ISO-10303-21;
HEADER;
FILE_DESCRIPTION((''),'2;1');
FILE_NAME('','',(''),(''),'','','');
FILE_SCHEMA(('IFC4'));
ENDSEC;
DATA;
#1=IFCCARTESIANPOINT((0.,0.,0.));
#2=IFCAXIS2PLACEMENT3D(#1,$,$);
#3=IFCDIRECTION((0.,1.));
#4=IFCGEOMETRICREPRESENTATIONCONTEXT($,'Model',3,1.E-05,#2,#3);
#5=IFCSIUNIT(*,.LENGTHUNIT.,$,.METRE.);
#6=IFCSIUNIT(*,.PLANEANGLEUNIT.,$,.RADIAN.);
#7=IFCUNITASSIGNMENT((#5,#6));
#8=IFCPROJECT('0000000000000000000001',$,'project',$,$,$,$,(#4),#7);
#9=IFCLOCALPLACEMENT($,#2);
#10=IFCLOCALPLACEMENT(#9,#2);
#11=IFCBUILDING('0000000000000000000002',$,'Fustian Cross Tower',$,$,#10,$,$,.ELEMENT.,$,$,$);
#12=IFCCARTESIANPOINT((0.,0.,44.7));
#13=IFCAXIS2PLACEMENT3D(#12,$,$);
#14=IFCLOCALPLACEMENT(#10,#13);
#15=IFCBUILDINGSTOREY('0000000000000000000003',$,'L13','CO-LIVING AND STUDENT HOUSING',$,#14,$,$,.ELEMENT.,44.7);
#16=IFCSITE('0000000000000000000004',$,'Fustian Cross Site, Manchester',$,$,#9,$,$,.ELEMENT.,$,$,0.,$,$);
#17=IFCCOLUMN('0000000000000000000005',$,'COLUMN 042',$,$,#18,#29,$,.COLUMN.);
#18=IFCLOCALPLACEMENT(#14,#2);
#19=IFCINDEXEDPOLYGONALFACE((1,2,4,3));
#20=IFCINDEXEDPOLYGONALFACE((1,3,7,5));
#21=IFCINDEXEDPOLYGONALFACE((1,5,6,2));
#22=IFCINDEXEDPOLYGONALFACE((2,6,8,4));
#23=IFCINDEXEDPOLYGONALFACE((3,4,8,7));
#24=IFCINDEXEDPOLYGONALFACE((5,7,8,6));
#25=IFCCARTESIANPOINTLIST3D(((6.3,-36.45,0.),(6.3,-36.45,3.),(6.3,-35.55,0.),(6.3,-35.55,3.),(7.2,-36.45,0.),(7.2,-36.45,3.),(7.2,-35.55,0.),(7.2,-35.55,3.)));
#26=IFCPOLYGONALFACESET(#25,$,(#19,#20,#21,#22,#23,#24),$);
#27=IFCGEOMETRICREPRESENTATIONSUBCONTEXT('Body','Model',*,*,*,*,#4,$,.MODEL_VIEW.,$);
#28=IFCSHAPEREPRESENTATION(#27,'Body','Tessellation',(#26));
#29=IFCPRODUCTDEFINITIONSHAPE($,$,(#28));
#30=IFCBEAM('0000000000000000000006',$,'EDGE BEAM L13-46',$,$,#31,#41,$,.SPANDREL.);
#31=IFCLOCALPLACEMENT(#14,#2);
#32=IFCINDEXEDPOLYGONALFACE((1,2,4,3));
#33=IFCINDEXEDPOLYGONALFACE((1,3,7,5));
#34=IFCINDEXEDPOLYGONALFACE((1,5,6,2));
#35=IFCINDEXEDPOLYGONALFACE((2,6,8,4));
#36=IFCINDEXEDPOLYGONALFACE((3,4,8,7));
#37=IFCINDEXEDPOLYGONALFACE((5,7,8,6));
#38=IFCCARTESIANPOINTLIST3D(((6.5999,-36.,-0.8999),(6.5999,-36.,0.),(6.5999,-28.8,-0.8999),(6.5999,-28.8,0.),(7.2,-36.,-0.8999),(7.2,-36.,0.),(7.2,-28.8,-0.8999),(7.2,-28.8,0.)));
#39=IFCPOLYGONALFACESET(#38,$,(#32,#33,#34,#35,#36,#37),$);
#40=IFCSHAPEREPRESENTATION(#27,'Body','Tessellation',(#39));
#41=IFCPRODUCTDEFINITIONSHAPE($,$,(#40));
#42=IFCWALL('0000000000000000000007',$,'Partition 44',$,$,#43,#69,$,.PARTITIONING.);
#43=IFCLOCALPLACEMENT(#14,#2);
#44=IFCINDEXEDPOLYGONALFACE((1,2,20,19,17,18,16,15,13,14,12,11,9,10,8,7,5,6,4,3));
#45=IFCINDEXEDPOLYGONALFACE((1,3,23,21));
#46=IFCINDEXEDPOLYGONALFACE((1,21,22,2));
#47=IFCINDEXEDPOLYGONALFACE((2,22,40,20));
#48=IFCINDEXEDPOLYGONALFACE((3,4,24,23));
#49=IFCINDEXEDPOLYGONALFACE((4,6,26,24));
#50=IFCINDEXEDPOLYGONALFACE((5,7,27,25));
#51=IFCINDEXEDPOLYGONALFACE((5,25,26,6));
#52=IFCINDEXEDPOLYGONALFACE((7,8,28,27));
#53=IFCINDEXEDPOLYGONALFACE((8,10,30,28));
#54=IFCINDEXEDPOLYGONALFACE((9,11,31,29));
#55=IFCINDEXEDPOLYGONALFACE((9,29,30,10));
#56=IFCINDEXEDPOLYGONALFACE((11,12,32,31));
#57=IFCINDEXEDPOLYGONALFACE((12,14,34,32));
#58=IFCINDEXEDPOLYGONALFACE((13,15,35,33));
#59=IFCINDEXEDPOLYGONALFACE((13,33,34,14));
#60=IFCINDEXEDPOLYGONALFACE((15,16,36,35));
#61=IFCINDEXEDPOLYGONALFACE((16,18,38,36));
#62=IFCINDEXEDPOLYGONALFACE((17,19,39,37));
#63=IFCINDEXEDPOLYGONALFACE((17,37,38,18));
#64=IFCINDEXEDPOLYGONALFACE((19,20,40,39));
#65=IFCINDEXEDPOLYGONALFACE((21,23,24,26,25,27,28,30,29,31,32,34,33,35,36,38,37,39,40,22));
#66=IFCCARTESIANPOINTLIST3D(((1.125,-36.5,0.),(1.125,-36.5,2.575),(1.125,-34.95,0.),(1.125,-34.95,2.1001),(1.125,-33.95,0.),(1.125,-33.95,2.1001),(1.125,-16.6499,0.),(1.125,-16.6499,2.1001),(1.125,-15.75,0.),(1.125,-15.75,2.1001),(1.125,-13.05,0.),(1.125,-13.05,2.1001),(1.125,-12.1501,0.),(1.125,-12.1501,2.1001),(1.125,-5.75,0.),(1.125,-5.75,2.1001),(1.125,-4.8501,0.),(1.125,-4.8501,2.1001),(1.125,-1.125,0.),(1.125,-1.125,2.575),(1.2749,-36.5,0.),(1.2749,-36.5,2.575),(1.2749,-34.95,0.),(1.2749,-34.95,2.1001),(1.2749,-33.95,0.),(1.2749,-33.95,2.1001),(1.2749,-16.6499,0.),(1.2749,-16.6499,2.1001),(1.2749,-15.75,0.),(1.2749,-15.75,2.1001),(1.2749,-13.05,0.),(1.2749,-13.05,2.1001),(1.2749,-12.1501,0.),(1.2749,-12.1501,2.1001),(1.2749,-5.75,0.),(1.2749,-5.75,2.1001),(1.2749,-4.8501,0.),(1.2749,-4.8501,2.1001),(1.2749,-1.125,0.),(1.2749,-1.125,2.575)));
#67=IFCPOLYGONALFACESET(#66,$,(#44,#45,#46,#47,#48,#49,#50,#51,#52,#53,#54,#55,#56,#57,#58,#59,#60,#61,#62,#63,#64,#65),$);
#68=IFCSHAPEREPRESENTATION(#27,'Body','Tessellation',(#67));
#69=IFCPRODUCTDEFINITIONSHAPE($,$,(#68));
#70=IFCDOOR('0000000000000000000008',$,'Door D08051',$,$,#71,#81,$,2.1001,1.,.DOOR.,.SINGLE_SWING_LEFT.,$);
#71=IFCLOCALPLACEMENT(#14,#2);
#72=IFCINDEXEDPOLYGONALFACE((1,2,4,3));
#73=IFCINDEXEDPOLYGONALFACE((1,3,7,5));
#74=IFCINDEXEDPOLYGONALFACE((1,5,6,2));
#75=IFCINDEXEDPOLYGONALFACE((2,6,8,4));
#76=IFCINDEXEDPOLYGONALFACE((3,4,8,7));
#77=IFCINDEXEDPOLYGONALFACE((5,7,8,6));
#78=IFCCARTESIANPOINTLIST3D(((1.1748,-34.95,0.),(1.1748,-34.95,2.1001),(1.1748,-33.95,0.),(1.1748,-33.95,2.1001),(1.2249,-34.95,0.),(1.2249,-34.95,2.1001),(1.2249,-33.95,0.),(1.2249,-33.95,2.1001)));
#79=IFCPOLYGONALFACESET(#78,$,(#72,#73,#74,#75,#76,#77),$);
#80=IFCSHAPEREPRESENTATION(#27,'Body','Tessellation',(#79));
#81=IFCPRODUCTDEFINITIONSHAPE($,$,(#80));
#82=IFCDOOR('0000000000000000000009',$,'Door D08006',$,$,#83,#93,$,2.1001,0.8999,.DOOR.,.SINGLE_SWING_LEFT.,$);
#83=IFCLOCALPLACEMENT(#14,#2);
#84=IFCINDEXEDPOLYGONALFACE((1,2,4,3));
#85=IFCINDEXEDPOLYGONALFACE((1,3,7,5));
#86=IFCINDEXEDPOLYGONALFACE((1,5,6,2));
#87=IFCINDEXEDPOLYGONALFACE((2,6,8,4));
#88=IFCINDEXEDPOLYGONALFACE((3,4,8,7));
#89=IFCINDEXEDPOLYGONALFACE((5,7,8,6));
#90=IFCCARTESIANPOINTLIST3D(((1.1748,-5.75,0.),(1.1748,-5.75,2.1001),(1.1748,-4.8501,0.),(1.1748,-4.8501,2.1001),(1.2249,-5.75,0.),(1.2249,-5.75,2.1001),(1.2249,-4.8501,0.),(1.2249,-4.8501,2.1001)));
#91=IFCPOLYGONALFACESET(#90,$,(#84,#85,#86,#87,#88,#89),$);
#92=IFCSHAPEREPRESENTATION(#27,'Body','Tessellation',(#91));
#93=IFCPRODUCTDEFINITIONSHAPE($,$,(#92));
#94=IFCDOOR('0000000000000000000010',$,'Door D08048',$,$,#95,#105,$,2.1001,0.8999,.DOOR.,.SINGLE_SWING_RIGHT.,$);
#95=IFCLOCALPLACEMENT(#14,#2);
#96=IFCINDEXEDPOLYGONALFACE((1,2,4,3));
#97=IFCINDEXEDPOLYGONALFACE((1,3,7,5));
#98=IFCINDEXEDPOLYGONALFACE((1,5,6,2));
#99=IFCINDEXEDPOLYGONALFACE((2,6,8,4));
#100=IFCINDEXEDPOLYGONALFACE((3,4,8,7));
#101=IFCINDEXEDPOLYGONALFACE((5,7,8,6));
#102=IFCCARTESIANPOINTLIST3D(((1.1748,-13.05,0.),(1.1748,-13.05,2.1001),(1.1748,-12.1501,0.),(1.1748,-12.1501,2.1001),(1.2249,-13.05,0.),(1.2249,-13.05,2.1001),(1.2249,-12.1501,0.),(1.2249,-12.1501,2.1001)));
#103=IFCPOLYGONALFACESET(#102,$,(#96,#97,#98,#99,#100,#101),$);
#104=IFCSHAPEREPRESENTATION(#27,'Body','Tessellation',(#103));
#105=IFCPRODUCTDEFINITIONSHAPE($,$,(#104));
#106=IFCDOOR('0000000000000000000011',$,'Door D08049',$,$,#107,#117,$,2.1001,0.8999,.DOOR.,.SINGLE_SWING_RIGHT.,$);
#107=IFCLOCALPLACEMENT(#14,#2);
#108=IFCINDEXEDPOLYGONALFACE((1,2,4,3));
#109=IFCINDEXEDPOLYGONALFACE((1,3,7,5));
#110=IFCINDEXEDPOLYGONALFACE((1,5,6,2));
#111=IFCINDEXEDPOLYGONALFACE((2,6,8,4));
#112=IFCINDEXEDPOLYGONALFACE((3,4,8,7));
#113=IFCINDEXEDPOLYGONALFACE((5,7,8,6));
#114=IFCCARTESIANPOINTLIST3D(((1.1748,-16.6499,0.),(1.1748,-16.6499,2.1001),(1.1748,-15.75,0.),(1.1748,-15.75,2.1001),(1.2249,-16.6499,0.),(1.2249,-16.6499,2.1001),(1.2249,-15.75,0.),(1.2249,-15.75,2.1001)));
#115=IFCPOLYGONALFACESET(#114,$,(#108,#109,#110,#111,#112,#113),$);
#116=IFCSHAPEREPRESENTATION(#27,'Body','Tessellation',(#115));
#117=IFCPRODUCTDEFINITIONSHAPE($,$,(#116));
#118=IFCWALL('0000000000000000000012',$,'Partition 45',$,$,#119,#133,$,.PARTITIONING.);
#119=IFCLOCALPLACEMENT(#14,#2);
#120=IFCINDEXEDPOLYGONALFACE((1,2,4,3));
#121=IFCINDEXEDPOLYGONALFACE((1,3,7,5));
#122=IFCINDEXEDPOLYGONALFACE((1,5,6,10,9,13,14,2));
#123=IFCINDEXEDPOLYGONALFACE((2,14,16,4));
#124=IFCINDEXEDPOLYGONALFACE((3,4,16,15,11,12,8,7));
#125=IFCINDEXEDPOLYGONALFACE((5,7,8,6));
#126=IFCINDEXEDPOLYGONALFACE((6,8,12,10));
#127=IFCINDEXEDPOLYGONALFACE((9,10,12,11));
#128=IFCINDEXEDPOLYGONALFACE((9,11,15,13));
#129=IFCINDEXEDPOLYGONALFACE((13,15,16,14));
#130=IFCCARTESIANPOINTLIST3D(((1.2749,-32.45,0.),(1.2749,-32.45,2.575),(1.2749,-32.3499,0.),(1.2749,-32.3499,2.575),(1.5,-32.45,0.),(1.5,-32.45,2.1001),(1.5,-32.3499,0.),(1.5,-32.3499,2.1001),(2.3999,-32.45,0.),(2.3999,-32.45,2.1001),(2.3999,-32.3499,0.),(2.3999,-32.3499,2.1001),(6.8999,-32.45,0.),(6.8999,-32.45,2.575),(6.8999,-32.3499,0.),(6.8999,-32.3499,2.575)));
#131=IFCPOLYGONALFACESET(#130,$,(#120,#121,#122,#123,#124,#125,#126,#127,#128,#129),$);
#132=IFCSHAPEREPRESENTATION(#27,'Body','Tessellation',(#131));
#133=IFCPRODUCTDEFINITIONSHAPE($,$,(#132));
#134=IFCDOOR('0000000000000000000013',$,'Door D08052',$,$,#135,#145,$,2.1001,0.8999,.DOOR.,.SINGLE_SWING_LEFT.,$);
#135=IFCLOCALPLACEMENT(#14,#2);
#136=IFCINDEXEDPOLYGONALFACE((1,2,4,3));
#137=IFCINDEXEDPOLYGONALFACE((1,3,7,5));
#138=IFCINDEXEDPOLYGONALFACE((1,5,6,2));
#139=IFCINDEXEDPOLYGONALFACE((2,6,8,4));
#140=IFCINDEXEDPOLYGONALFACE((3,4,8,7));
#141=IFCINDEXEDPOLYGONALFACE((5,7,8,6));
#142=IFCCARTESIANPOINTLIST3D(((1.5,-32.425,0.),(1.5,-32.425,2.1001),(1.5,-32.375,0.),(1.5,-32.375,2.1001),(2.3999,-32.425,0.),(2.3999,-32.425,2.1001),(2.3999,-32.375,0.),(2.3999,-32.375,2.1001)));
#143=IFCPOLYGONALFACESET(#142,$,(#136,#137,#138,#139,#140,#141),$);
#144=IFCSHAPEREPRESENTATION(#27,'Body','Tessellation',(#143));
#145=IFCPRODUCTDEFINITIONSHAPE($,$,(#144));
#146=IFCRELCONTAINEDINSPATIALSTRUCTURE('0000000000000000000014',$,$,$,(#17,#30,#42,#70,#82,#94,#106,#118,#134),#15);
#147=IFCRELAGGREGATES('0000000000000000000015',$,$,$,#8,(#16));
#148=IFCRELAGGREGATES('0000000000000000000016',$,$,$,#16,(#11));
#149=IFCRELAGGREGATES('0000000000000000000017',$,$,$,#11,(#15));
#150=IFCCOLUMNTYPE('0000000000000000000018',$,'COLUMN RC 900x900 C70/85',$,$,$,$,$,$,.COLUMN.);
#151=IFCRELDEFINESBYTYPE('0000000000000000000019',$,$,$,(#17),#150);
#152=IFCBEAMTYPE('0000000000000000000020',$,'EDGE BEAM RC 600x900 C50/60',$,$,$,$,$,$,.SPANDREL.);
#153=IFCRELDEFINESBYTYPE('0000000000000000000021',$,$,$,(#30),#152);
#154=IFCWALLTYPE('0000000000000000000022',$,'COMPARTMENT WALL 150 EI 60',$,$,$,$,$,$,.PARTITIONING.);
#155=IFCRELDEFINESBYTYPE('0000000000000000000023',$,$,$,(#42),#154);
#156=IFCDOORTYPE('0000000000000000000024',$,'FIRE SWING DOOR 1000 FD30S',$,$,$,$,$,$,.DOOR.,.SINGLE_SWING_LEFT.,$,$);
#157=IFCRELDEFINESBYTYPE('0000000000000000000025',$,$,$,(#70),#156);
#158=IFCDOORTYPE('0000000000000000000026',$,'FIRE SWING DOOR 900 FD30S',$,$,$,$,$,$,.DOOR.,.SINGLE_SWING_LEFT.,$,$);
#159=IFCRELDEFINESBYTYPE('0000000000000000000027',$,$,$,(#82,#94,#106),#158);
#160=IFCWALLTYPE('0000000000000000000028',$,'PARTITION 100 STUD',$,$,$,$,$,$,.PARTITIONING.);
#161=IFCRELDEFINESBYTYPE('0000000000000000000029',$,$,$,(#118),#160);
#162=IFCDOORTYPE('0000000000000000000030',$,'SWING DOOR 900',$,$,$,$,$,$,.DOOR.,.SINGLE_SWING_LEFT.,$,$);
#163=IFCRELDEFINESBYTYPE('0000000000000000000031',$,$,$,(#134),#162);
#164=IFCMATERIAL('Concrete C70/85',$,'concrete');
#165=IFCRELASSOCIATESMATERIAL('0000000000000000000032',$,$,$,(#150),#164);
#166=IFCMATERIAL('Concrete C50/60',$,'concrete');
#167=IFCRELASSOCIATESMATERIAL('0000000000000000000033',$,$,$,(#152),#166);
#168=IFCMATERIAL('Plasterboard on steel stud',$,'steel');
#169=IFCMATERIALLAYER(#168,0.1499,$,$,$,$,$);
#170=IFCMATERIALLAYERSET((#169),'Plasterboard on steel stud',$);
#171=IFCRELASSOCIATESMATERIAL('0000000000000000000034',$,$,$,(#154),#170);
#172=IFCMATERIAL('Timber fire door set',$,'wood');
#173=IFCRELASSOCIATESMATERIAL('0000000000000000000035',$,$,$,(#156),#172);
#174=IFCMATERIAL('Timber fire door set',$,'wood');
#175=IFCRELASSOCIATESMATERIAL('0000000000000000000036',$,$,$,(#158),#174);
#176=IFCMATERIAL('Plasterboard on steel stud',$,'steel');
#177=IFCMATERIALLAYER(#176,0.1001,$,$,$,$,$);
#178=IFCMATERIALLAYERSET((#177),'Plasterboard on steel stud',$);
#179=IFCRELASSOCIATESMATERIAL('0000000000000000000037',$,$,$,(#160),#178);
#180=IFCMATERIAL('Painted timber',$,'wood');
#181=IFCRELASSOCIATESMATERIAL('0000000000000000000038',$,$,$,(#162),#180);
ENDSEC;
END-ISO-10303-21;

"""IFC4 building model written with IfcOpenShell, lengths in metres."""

from ifc_helpers import new_model, si_unit, direction, frame, frame_2d, origin, origin_2d, place, context, subcontext, project, spatial, rectangle, extrude, material, layer, layer_set, material_profile, profile_set, type_object, element, fill, save


model = new_model("IFC4")

# Units and contexts
model_context = context("Model", 3, precision=1e-05, world=origin(), true_north=direction((0.0, 1.0)))
body_context = subcontext(model_context, "Body", "Model", "MODEL_VIEW")
ifc_project = project(units=[si_unit("LENGTHUNIT", "METRE"), si_unit("PLANEANGLEUNIT", "RADIAN")], contexts=[model_context])

# Site, building, storey
site_placement = place(None, origin())
site = spatial("IfcSite", under=ifc_project, at=site_placement, Name="Fustian Cross Site, Manchester", CompositionType="ELEMENT", RefElevation=0.0)
building_placement = place(site_placement, origin())
building = spatial("IfcBuilding", under=site, at=building_placement, Name="Fustian Cross Tower", CompositionType="ELEMENT")
storey_placement = place(building_placement, frame((0.0, 0.0, 44.7)))
storey = spatial("IfcBuildingStorey", under=building, at=storey_placement, Name="L13", Description="CO-LIVING AND STUDENT HOUSING", CompositionType="ELEMENT", Elevation=44.7)

# Column
ifc_material_1 = material(Name="Concrete C70/85", Category="concrete")
ifc_material_profile_1 = material_profile(ifc_material_1, rectangle(XDim=0.8999, YDim=0.8999, at=origin_2d()), Name="RC 900x900")
ifc_profile_set_1 = profile_set([ifc_material_profile_1], Name="Concrete C70/85")
column_type = type_object("IfcColumnType", Name="COLUMN RC 900x900 C70/85", PredefinedType="COLUMN", material=ifc_profile_set_1)
column_placement = place(storey_placement, frame((6.75, -36.0, 0.0), z_axis=(0.0, 0.0, 1.0), x_axis=(1.0, 0.0, 0.0)))
element("IfcColumn", 1, at=column_placement, inside=storey, type_object=column_type, Name="COLUMN 042", PredefinedType="COLUMN", context=body_context, shape_type="SweptSolid", body=[
    extrude(rectangle(XDim=0.8999, YDim=0.8999, at=origin_2d()), origin(), (0.0, 0.0, 1.0), 3.0),
])

# Beam
ifc_material_2 = material(Name="Concrete C50/60", Category="concrete")
ifc_material_profile_2 = material_profile(ifc_material_2, rectangle(XDim=0.6001, YDim=0.8999, at=origin_2d()), Name="RC 600x900")
ifc_profile_set_2 = profile_set([ifc_material_profile_2], Name="Concrete C50/60")
beam_type = type_object("IfcBeamType", Name="EDGE BEAM RC 600x900 C50/60", PredefinedType="SPANDREL", material=ifc_profile_set_2)
beam_placement = place(storey_placement, frame((6.8999, -36.0, -0.45), z_axis=(0.0, 1.0, 0.0), x_axis=(-1.0, 0.0, 0.0)))
element("IfcBeam", 2, at=beam_placement, inside=storey, type_object=beam_type, Name="EDGE BEAM L13-46", PredefinedType="SPANDREL", context=body_context, shape_type="SweptSolid", body=[
    extrude(rectangle(XDim=0.6001, YDim=0.8999, at=origin_2d()), origin(), (0.0, 0.0, 1.0), 7.2),
])

# Wall, openings, doors
ifc_material_3 = material(Name="Plasterboard on steel stud", Category="steel")
ifc_layer_1 = layer(ifc_material_3, 0.1499)
ifc_layer_set_1 = layer_set([ifc_layer_1], Name="Plasterboard on steel stud")
wall_type_1 = type_object("IfcWallType", Name="COMPARTMENT WALL 150 EI 60", PredefinedType="PARTITIONING", material=ifc_layer_set_1)
wall_1_placement = place(storey_placement, frame((1.2, -36.5, 0.0), z_axis=(0.0, 0.0, 1.0), x_axis=(0.0, 1.0, 0.0)))
wall_1 = element("IfcWall", 3, at=wall_1_placement, inside=storey, type_object=wall_type_1, Name="Partition 44", PredefinedType="PARTITIONING", context=body_context, shape_type="SweptSolid", body=[
    extrude(rectangle(XDim=35.375, YDim=0.1499, at=frame_2d((17.6875, 0.0))), origin(), (0.0, 0.0, 1.0), 2.575),
])
opening_1_placement = place(wall_1_placement, frame((30.75, 0.0, 0.0)))
opening_1 = element("IfcOpeningElement", 4, at=opening_1_placement, cuts=wall_1, PredefinedType="OPENING", context=body_context, shape_type="SweptSolid", body=[
    extrude(rectangle(XDim=0.8999, YDim=2.1001, at=frame_2d((0.45, 1.05))), frame((0.0, 0.085, 0.0), z_axis=(0.0, -1.0, 0.0), x_axis=(1.0, 0.0, 0.0)), (0.0, 0.0, 1.0), 0.1699),
])
opening_2_placement = place(wall_1_placement, frame((23.45, 0.0, 0.0)))
opening_2 = element("IfcOpeningElement", 5, at=opening_2_placement, cuts=wall_1, PredefinedType="OPENING", context=body_context, shape_type="SweptSolid", body=[
    extrude(rectangle(XDim=0.8999, YDim=2.1001, at=frame_2d((0.45, 1.05))), frame((0.0, 0.085, 0.0), z_axis=(0.0, -1.0, 0.0), x_axis=(1.0, 0.0, 0.0)), (0.0, 0.0, 1.0), 0.1699),
])
opening_3_placement = place(wall_1_placement, frame((19.8501, 0.0, 0.0)))
opening_3 = element("IfcOpeningElement", 6, at=opening_3_placement, cuts=wall_1, PredefinedType="OPENING", context=body_context, shape_type="SweptSolid", body=[
    extrude(rectangle(XDim=0.8999, YDim=2.1001, at=frame_2d((0.45, 1.05))), frame((0.0, 0.085, 0.0), z_axis=(0.0, -1.0, 0.0), x_axis=(1.0, 0.0, 0.0)), (0.0, 0.0, 1.0), 0.1699),
])
opening_4_placement = place(wall_1_placement, frame((1.55, 0.0, 0.0)))
opening_4 = element("IfcOpeningElement", 7, at=opening_4_placement, cuts=wall_1, PredefinedType="OPENING", context=body_context, shape_type="SweptSolid", body=[
    extrude(rectangle(XDim=1.0, YDim=2.1001, at=frame_2d((0.5, 1.05))), frame((0.0, 0.085, 0.0), z_axis=(0.0, -1.0, 0.0), x_axis=(1.0, 0.0, 0.0)), (0.0, 0.0, 1.0), 0.1699),
])
ifc_material_4 = material(Name="Timber fire door set", Category="wood")
door_type_1 = type_object("IfcDoorType", Name="FIRE SWING DOOR 1000 FD30S", OperationType="SINGLE_SWING_LEFT", PredefinedType="DOOR", material=ifc_material_4)
door_1_placement = place(opening_4_placement, frame((1.0, 0.0, 0.0), z_axis=(0.0, 0.0, 1.0), x_axis=(-1.0, 0.0, 0.0)))
door_1 = element("IfcDoor", 8, at=door_1_placement, inside=storey, type_object=door_type_1, Name="Door D08051", OperationType="SINGLE_SWING_LEFT", OverallHeight=2.1001, OverallWidth=1.0, PredefinedType="DOOR", context=body_context, shape_type="SweptSolid", body=[
    extrude(rectangle(XDim=1.0, YDim=2.1001, at=frame_2d((0.5, 1.05))), frame((0.0, 0.0249, 0.0), z_axis=(0.0, -1.0, 0.0), x_axis=(1.0, 0.0, 0.0)), (0.0, 0.0, 1.0), 0.05),
])
fill(opening_4, door_1)
ifc_material_5 = material(Name="Timber fire door set", Category="wood")
door_type_2 = type_object("IfcDoorType", Name="FIRE SWING DOOR 900 FD30S", OperationType="SINGLE_SWING_LEFT", PredefinedType="DOOR", material=ifc_material_5)
door_2_placement = place(opening_1_placement, frame((0.8999, 0.0, 0.0), z_axis=(0.0, 0.0, 1.0), x_axis=(-1.0, 0.0, 0.0)))
door_2 = element("IfcDoor", 9, at=door_2_placement, inside=storey, type_object=door_type_2, Name="Door D08006", OperationType="SINGLE_SWING_LEFT", OverallHeight=2.1001, OverallWidth=0.8999, PredefinedType="DOOR", context=body_context, shape_type="SweptSolid", body=[
    extrude(rectangle(XDim=0.8999, YDim=2.1001, at=frame_2d((0.45, 1.05))), frame((0.0, 0.0249, 0.0), z_axis=(0.0, -1.0, 0.0), x_axis=(1.0, 0.0, 0.0)), (0.0, 0.0, 1.0), 0.05),
])
fill(opening_1, door_2)
door_3_placement = place(opening_2_placement, frame((0.8999, 0.0, 0.0), z_axis=(0.0, 0.0, 1.0), x_axis=(-1.0, 0.0, 0.0)))
door_3 = element("IfcDoor", 10, at=door_3_placement, inside=storey, type_object=door_type_2, Name="Door D08048", OperationType="SINGLE_SWING_RIGHT", OverallHeight=2.1001, OverallWidth=0.8999, PredefinedType="DOOR", context=body_context, shape_type="SweptSolid", body=[
    extrude(rectangle(XDim=0.8999, YDim=2.1001, at=frame_2d((0.45, 1.05))), frame((0.0, 0.0249, 0.0), z_axis=(0.0, -1.0, 0.0), x_axis=(1.0, 0.0, 0.0)), (0.0, 0.0, 1.0), 0.05),
])
fill(opening_2, door_3)
door_4_placement = place(opening_3_placement, frame((0.8999, 0.0, 0.0), z_axis=(0.0, 0.0, 1.0), x_axis=(-1.0, 0.0, 0.0)))
door_4 = element("IfcDoor", 11, at=door_4_placement, inside=storey, type_object=door_type_2, Name="Door D08049", OperationType="SINGLE_SWING_RIGHT", OverallHeight=2.1001, OverallWidth=0.8999, PredefinedType="DOOR", context=body_context, shape_type="SweptSolid", body=[
    extrude(rectangle(XDim=0.8999, YDim=2.1001, at=frame_2d((0.45, 1.05))), frame((0.0, 0.0249, 0.0), z_axis=(0.0, -1.0, 0.0), x_axis=(1.0, 0.0, 0.0)), (0.0, 0.0, 1.0), 0.05),
])
fill(opening_3, door_4)

# Wall, opening, door
ifc_material_6 = material(Name="Plasterboard on steel stud", Category="steel")
ifc_layer_2 = layer(ifc_material_6, 0.1001)
ifc_layer_set_2 = layer_set([ifc_layer_2], Name="Plasterboard on steel stud")
wall_type_2 = type_object("IfcWallType", Name="PARTITION 100 STUD", PredefinedType="PARTITIONING", material=ifc_layer_set_2)
wall_2_placement = place(storey_placement, frame((1.2749, -32.3999, 0.0), z_axis=(0.0, 0.0, 1.0), x_axis=(1.0, 0.0, 0.0)))
wall_2 = element("IfcWall", 12, at=wall_2_placement, inside=storey, type_object=wall_type_2, Name="Partition 45", PredefinedType="PARTITIONING", context=body_context, shape_type="SweptSolid", body=[
    extrude(rectangle(XDim=5.625, YDim=0.1001, at=frame_2d((2.8125, 0.0))), origin(), (0.0, 0.0, 1.0), 2.575),
])
opening_5_placement = place(wall_2_placement, frame((0.2251, 0.0, 0.0)))
opening_5 = element("IfcOpeningElement", 13, at=opening_5_placement, cuts=wall_2, PredefinedType="OPENING", context=body_context, shape_type="SweptSolid", body=[
    extrude(rectangle(XDim=0.8999, YDim=2.1001, at=frame_2d((0.45, 1.05))), frame((0.0, 0.0601, 0.0), z_axis=(0.0, -1.0, 0.0), x_axis=(1.0, 0.0, 0.0)), (0.0, 0.0, 1.0), 0.1201),
])
ifc_material_7 = material(Name="Painted timber", Category="wood")
door_type_3 = type_object("IfcDoorType", Name="SWING DOOR 900", OperationType="SINGLE_SWING_LEFT", PredefinedType="DOOR", material=ifc_material_7)
door_5_placement = place(opening_5_placement, origin())
door_5 = element("IfcDoor", 14, at=door_5_placement, inside=storey, type_object=door_type_3, Name="Door D08052", OperationType="SINGLE_SWING_LEFT", OverallHeight=2.1001, OverallWidth=0.8999, PredefinedType="DOOR", context=body_context, shape_type="SweptSolid", body=[
    extrude(rectangle(XDim=0.8999, YDim=2.1001, at=frame_2d((0.45, 1.05))), frame((0.0, 0.0249, 0.0), z_axis=(0.0, -1.0, 0.0), x_axis=(1.0, 0.0, 0.0)), (0.0, 0.0, 1.0), 0.05),
])
fill(opening_5, door_5)

save(model, "model.ifc")
